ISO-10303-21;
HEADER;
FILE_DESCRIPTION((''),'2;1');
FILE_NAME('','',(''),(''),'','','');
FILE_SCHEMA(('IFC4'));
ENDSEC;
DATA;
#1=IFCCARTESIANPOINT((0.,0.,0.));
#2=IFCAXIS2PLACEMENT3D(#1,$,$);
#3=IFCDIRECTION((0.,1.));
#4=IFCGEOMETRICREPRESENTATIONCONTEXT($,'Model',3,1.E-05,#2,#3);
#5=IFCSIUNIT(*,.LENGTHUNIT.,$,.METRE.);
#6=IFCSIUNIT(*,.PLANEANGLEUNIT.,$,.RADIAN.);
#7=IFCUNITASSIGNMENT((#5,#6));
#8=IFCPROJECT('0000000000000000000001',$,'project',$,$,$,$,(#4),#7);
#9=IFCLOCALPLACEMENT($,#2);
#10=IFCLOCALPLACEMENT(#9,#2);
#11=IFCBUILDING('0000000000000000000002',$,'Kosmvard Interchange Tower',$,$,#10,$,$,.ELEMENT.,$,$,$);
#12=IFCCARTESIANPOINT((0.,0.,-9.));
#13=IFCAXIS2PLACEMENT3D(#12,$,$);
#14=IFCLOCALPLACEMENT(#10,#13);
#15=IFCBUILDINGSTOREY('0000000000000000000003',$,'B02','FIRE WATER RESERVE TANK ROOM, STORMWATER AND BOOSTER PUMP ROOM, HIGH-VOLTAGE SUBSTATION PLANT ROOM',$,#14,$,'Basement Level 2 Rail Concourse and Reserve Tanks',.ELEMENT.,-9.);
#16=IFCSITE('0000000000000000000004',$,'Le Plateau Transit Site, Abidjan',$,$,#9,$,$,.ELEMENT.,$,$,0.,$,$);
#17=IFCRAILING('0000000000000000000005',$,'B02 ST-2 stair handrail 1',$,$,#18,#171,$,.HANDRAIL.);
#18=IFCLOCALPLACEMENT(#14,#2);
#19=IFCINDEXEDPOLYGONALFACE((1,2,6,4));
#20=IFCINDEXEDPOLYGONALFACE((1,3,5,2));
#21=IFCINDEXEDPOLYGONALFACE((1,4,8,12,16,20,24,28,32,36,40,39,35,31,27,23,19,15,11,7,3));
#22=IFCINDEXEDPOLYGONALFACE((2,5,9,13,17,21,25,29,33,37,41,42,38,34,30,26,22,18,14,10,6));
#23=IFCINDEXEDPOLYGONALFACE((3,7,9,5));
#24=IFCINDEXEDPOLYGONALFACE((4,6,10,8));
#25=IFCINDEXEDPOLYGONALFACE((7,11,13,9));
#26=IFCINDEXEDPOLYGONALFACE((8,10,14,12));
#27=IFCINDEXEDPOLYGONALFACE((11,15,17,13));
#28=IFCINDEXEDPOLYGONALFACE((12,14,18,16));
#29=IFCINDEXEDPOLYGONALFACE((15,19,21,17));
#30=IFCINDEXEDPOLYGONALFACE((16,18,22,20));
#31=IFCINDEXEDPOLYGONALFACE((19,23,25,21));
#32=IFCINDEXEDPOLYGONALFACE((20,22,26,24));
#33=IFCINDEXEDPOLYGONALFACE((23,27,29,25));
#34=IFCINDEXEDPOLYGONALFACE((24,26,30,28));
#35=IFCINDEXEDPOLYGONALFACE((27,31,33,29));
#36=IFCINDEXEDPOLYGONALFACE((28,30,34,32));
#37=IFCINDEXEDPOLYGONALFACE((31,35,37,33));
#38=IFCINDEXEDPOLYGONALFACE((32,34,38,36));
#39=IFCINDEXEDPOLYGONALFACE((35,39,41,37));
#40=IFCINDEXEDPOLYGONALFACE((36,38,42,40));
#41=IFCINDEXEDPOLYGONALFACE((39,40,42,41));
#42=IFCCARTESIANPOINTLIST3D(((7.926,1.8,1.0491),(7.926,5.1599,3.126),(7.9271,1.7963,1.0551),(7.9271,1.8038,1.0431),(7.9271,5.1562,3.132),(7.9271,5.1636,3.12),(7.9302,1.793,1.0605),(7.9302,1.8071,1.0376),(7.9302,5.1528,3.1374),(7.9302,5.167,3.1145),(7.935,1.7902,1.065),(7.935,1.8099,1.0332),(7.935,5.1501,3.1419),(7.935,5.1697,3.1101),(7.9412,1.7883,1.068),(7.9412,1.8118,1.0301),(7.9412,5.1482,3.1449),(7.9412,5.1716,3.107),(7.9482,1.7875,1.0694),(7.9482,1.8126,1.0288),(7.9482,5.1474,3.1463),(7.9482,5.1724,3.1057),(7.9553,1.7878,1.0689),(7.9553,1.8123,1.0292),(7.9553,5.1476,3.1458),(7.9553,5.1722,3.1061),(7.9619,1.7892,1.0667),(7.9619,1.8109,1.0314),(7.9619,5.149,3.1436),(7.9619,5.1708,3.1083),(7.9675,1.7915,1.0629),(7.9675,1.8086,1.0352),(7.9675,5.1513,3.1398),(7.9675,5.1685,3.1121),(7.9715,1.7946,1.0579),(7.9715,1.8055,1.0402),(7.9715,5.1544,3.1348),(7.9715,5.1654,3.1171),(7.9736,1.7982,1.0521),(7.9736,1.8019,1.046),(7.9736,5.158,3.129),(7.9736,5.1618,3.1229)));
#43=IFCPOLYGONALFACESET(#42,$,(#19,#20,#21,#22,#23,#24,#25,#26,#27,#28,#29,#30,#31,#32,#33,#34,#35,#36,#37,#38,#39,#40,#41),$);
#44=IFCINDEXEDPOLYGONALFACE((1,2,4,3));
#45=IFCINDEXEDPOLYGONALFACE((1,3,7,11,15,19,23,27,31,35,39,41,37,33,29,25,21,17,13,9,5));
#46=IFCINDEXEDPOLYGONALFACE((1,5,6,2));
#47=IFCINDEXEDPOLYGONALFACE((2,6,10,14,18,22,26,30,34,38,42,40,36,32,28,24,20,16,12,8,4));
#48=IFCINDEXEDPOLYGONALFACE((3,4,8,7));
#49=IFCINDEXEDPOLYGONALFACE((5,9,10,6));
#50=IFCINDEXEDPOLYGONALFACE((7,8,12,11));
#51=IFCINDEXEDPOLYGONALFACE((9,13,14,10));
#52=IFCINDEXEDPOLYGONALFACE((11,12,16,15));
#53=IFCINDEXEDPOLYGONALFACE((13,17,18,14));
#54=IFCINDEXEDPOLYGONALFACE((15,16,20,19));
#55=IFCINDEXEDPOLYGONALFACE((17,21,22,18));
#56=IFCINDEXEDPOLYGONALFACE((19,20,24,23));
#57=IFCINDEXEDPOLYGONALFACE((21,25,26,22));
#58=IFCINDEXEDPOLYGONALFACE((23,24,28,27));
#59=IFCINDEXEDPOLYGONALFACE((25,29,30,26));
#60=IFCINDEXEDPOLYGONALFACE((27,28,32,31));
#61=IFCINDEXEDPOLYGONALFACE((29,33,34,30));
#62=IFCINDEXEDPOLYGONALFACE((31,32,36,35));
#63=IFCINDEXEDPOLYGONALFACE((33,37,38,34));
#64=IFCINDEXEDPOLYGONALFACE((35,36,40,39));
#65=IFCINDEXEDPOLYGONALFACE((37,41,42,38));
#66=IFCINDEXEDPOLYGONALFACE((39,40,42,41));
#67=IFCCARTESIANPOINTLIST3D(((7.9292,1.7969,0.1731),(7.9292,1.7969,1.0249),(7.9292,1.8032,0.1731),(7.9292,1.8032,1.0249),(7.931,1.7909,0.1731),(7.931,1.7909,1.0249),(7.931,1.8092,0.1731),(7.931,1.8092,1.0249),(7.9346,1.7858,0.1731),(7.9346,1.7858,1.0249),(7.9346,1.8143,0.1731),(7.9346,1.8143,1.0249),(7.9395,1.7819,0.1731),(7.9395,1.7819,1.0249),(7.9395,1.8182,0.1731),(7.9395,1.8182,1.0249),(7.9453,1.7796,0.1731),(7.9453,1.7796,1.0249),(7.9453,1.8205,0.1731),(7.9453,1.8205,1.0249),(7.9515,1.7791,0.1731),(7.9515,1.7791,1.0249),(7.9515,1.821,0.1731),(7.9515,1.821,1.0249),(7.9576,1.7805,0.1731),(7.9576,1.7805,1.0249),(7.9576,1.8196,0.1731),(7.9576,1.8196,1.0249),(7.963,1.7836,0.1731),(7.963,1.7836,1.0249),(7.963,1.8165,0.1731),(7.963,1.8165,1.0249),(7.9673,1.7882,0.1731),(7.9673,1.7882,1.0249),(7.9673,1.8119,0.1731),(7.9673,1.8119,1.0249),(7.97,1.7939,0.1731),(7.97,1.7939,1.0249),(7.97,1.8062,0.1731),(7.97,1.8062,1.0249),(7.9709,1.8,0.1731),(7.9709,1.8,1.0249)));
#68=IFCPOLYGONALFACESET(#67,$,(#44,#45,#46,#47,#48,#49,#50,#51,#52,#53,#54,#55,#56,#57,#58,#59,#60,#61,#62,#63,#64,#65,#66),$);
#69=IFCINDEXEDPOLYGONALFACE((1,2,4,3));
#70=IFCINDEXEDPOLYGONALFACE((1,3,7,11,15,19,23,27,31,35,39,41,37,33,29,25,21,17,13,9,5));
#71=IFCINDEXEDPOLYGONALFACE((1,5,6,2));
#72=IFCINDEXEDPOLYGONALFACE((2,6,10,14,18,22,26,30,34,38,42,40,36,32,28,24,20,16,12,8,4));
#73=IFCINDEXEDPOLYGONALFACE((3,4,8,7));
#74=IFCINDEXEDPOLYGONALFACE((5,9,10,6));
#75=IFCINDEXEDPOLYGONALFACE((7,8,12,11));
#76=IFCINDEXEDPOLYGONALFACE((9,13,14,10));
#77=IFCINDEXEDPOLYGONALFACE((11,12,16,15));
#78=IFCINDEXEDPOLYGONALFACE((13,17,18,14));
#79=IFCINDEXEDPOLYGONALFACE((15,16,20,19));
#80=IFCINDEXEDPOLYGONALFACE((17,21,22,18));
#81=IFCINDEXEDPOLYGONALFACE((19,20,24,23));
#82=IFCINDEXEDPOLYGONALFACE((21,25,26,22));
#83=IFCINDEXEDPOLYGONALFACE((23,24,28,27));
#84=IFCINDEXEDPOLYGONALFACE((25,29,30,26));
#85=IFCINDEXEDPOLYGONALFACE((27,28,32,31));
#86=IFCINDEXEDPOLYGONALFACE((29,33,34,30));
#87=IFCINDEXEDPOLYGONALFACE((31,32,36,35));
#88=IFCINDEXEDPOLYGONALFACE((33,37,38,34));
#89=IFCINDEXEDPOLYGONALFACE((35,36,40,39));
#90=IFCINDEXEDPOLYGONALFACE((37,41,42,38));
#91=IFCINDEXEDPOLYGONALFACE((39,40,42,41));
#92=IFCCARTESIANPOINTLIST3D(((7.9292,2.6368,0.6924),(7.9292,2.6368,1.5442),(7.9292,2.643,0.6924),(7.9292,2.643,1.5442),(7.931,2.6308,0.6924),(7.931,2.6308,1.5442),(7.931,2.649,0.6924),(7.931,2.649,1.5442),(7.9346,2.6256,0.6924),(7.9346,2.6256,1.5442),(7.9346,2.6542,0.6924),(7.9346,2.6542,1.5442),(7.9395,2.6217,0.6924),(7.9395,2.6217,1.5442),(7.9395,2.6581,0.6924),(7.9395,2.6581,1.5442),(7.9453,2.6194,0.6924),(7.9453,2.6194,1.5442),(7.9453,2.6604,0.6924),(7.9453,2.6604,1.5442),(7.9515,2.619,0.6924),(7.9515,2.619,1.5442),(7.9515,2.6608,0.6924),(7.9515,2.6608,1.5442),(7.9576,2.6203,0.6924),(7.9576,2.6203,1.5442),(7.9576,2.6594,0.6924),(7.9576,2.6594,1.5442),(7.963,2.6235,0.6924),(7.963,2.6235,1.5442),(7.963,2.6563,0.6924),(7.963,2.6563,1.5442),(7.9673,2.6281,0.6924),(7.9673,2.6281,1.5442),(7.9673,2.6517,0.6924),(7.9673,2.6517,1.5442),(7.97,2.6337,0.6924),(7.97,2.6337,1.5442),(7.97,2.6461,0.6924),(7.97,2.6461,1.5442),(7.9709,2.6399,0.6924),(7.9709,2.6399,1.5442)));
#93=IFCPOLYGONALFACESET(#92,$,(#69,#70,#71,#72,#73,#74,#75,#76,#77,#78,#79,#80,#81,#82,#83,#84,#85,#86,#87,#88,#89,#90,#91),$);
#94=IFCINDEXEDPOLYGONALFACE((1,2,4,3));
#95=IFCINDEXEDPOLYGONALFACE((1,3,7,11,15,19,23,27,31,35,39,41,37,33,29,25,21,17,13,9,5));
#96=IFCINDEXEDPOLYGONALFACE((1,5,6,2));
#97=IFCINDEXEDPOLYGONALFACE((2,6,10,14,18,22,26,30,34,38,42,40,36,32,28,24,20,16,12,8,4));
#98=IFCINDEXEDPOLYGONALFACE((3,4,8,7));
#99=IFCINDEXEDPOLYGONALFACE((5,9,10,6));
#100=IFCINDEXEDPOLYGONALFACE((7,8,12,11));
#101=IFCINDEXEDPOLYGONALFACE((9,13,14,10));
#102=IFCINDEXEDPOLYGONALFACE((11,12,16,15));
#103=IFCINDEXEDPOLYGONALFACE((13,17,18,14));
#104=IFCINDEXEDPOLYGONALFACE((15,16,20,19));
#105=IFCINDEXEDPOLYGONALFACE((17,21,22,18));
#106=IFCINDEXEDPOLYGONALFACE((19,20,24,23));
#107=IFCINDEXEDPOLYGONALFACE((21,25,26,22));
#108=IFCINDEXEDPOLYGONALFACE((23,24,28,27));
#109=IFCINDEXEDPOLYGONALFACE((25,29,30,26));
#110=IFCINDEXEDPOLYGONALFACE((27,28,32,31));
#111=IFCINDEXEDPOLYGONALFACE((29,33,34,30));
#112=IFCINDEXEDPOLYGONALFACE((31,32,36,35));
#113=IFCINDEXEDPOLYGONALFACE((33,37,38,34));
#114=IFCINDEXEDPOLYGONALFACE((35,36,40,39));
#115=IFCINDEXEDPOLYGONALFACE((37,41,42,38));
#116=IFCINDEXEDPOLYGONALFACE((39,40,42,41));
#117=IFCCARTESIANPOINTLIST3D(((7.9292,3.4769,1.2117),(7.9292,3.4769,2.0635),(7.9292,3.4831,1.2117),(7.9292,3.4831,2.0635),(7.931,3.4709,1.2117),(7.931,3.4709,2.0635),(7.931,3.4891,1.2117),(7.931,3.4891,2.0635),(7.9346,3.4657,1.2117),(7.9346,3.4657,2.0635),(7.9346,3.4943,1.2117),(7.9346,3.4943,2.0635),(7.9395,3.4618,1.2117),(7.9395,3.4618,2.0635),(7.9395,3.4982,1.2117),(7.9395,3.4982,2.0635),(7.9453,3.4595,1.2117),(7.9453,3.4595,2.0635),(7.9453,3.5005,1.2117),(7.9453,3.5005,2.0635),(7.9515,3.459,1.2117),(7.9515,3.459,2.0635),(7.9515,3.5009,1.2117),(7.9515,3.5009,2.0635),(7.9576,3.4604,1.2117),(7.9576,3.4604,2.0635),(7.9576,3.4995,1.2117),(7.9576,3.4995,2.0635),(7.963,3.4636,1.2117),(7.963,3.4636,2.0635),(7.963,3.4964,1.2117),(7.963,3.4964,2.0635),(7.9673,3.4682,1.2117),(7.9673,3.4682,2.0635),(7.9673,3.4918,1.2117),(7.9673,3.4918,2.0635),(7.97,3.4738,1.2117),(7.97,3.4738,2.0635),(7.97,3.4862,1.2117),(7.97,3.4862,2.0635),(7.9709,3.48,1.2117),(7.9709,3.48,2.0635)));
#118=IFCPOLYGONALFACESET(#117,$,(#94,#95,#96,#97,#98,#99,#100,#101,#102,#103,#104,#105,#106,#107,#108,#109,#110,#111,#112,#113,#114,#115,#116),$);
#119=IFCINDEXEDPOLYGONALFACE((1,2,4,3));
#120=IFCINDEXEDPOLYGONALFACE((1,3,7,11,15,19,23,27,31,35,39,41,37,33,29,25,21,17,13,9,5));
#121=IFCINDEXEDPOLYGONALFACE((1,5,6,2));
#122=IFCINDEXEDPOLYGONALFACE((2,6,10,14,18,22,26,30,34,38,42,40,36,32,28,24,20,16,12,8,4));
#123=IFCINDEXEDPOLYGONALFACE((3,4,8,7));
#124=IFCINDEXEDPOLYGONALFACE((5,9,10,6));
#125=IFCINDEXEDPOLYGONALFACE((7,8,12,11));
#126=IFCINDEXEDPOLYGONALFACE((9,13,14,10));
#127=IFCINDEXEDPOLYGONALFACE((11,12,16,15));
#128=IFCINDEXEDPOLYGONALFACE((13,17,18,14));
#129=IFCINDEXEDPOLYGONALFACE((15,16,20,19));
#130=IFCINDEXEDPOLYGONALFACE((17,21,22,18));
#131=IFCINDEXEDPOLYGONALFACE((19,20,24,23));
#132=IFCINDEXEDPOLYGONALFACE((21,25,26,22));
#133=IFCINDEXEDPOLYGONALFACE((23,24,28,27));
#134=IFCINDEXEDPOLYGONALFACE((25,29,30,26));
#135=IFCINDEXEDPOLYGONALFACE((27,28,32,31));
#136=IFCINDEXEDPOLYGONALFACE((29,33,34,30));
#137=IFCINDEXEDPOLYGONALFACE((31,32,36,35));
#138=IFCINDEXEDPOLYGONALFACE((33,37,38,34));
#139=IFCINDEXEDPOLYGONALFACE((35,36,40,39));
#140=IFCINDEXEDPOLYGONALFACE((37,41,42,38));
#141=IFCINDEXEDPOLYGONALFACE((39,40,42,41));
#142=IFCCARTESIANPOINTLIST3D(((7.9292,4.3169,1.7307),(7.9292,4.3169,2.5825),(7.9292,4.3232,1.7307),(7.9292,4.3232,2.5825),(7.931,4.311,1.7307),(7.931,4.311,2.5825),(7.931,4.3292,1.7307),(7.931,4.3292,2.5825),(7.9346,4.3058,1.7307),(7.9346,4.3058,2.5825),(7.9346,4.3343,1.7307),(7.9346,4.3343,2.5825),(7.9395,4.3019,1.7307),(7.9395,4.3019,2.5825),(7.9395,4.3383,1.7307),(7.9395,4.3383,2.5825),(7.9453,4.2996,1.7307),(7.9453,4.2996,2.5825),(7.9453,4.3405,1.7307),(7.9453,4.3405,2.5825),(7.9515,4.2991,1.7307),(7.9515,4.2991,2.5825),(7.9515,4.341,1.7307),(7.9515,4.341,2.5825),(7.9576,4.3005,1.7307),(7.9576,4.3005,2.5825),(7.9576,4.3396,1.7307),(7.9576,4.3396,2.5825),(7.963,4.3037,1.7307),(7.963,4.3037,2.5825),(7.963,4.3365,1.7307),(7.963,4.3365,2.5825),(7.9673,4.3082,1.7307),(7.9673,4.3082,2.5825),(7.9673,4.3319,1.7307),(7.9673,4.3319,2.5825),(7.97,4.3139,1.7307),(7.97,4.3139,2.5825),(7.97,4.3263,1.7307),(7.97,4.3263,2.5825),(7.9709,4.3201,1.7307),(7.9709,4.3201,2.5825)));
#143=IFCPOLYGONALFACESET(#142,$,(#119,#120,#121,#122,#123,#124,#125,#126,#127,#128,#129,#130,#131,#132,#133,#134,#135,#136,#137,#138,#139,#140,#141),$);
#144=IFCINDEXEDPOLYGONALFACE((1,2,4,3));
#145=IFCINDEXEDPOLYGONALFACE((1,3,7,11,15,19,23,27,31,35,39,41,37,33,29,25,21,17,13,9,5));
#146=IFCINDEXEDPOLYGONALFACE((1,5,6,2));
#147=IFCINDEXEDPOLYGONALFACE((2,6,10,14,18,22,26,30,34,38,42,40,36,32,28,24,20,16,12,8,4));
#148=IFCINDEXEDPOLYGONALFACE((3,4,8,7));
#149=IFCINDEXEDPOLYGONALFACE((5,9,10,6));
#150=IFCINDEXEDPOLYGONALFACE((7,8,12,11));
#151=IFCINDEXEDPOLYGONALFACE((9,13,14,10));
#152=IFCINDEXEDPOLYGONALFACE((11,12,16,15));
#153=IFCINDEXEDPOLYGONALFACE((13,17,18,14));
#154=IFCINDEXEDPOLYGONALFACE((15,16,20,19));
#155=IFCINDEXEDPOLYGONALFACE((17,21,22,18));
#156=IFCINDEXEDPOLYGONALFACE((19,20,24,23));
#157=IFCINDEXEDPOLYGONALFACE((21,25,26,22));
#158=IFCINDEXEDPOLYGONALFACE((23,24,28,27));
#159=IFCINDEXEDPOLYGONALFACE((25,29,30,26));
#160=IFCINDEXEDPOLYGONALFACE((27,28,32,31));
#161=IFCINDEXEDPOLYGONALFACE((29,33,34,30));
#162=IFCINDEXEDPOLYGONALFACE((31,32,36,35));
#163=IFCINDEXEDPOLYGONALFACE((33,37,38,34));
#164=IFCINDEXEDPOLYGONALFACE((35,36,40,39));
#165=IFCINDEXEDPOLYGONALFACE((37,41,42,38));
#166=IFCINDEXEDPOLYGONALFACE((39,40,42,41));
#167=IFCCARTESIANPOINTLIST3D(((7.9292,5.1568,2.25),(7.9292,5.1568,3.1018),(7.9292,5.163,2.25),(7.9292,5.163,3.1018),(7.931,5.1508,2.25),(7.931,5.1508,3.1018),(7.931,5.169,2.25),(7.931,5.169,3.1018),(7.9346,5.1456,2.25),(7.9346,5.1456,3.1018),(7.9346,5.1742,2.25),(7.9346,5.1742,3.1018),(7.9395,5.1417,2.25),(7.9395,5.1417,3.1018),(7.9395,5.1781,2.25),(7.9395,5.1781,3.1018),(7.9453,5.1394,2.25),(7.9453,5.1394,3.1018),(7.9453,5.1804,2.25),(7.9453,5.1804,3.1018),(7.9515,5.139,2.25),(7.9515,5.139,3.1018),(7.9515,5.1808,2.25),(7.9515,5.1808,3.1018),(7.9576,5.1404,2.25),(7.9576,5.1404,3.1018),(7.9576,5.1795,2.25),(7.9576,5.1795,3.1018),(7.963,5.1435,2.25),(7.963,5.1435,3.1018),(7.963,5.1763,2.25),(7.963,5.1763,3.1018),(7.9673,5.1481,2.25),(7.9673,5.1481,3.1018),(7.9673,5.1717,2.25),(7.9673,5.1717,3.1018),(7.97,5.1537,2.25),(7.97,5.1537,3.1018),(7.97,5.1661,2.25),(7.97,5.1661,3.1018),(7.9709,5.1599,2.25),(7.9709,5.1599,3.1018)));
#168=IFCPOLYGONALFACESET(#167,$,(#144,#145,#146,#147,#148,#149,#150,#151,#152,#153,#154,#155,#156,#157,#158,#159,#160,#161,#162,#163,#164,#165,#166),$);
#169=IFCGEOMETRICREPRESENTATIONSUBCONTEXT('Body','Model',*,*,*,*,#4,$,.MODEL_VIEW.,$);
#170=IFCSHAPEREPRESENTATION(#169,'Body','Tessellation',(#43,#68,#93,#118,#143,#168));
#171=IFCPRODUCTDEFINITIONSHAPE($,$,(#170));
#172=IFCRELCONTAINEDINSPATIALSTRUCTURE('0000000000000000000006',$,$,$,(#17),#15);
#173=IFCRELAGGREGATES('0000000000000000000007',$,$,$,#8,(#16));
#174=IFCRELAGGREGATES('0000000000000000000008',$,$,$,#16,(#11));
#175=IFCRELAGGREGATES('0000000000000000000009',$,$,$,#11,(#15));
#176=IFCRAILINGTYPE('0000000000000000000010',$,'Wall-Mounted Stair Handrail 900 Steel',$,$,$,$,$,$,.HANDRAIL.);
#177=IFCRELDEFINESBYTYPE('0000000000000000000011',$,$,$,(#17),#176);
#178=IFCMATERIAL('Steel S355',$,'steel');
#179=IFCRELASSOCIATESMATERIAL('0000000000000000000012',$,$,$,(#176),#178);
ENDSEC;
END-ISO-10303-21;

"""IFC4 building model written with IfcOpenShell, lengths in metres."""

from ifc_helpers import new_model, si_unit, direction, frame, origin, origin_2d, place, context, subcontext, project, spatial, circle, extrude, source, transform, mapped, material, type_object, element, save


model = new_model("IFC4")

# Units and contexts
model_context = context("Model", 3, precision=1e-05, world=origin(), true_north=direction((0.0, 1.0)))
body_context = subcontext(model_context, "Body", "Model", "MODEL_VIEW")
ifc_project = project(units=[si_unit("LENGTHUNIT", "METRE"), si_unit("PLANEANGLEUNIT", "RADIAN")], contexts=[model_context])

# Site, building, storey
site_placement = place(None, origin())
site = spatial("IfcSite", under=ifc_project, at=site_placement, Name="Le Plateau Transit Site, Abidjan", CompositionType="ELEMENT", RefElevation=0.0)
building_placement = place(site_placement, origin())
building = spatial("IfcBuilding", under=site, at=building_placement, Name="Kosmvard Interchange Tower", CompositionType="ELEMENT")
storey_placement = place(building_placement, frame((0.0, 0.0, -9.0)))
storey = spatial("IfcBuildingStorey", under=building, at=storey_placement, Name="B02", Description="FIRE WATER RESERVE TANK ROOM, STORMWATER AND BOOSTER PUMP ROOM, HIGH-VOLTAGE SUBSTATION PLANT ROOM", LongName="Basement Level 2 Rail Concourse and Reserve Tanks", CompositionType="ELEMENT", Elevation=-9.0)

# Railing
ifc_material_1 = material(Name="Steel S355", Category="steel")
railing_type_1 = type_object("IfcRailingType", Name="Wall-Mounted Stair Handrail 900 Steel", PredefinedType="HANDRAIL", material=ifc_material_1)
shared_shape_1 = source(origin(), body_context, "Body", "SweptSolid", [
    extrude(circle(Radius=0.0239, at=origin_2d()), frame((0.0, 0.0, 0.876), z_axis=(0.0, 0.850606, 0.525803), x_axis=(-1.0, 0.0, 0.0)), (0.0, 0.0, 1.0), 3.95),
    extrude(circle(Radius=0.021, at=origin_2d()), origin(), (0.0, 0.0, 1.0), 0.8518),
    extrude(circle(Radius=0.021, at=origin_2d()), frame((0.0, 0.8398, 0.5193)), (0.0, 0.0, 1.0), 0.8518),
    extrude(circle(Radius=0.021, at=origin_2d()), frame((0.0, 1.6799, 1.0386)), (0.0, 0.0, 1.0), 0.8518),
    extrude(circle(Radius=0.021, at=origin_2d()), frame((0.0, 2.52, 1.5576)), (0.0, 0.0, 1.0), 0.8518),
    extrude(circle(Radius=0.021, at=origin_2d()), frame((0.0, 3.3599, 2.0769)), (0.0, 0.0, 1.0), 0.8518),
])
railing_1_placement = place(storey_placement, frame((7.95, 1.8, 0.1731)))
element("IfcRailing", 1, at=railing_1_placement, inside=storey, type_object=railing_type_1, Name="B02 ST-2 stair handrail 1", PredefinedType="HANDRAIL", context=body_context, shape_type="MappedRepresentation", body=[
    mapped(shared_shape_1, transform((0.0, 0.0, 0.0), scale=1.0)),
])

save(model, "model.ifc")
